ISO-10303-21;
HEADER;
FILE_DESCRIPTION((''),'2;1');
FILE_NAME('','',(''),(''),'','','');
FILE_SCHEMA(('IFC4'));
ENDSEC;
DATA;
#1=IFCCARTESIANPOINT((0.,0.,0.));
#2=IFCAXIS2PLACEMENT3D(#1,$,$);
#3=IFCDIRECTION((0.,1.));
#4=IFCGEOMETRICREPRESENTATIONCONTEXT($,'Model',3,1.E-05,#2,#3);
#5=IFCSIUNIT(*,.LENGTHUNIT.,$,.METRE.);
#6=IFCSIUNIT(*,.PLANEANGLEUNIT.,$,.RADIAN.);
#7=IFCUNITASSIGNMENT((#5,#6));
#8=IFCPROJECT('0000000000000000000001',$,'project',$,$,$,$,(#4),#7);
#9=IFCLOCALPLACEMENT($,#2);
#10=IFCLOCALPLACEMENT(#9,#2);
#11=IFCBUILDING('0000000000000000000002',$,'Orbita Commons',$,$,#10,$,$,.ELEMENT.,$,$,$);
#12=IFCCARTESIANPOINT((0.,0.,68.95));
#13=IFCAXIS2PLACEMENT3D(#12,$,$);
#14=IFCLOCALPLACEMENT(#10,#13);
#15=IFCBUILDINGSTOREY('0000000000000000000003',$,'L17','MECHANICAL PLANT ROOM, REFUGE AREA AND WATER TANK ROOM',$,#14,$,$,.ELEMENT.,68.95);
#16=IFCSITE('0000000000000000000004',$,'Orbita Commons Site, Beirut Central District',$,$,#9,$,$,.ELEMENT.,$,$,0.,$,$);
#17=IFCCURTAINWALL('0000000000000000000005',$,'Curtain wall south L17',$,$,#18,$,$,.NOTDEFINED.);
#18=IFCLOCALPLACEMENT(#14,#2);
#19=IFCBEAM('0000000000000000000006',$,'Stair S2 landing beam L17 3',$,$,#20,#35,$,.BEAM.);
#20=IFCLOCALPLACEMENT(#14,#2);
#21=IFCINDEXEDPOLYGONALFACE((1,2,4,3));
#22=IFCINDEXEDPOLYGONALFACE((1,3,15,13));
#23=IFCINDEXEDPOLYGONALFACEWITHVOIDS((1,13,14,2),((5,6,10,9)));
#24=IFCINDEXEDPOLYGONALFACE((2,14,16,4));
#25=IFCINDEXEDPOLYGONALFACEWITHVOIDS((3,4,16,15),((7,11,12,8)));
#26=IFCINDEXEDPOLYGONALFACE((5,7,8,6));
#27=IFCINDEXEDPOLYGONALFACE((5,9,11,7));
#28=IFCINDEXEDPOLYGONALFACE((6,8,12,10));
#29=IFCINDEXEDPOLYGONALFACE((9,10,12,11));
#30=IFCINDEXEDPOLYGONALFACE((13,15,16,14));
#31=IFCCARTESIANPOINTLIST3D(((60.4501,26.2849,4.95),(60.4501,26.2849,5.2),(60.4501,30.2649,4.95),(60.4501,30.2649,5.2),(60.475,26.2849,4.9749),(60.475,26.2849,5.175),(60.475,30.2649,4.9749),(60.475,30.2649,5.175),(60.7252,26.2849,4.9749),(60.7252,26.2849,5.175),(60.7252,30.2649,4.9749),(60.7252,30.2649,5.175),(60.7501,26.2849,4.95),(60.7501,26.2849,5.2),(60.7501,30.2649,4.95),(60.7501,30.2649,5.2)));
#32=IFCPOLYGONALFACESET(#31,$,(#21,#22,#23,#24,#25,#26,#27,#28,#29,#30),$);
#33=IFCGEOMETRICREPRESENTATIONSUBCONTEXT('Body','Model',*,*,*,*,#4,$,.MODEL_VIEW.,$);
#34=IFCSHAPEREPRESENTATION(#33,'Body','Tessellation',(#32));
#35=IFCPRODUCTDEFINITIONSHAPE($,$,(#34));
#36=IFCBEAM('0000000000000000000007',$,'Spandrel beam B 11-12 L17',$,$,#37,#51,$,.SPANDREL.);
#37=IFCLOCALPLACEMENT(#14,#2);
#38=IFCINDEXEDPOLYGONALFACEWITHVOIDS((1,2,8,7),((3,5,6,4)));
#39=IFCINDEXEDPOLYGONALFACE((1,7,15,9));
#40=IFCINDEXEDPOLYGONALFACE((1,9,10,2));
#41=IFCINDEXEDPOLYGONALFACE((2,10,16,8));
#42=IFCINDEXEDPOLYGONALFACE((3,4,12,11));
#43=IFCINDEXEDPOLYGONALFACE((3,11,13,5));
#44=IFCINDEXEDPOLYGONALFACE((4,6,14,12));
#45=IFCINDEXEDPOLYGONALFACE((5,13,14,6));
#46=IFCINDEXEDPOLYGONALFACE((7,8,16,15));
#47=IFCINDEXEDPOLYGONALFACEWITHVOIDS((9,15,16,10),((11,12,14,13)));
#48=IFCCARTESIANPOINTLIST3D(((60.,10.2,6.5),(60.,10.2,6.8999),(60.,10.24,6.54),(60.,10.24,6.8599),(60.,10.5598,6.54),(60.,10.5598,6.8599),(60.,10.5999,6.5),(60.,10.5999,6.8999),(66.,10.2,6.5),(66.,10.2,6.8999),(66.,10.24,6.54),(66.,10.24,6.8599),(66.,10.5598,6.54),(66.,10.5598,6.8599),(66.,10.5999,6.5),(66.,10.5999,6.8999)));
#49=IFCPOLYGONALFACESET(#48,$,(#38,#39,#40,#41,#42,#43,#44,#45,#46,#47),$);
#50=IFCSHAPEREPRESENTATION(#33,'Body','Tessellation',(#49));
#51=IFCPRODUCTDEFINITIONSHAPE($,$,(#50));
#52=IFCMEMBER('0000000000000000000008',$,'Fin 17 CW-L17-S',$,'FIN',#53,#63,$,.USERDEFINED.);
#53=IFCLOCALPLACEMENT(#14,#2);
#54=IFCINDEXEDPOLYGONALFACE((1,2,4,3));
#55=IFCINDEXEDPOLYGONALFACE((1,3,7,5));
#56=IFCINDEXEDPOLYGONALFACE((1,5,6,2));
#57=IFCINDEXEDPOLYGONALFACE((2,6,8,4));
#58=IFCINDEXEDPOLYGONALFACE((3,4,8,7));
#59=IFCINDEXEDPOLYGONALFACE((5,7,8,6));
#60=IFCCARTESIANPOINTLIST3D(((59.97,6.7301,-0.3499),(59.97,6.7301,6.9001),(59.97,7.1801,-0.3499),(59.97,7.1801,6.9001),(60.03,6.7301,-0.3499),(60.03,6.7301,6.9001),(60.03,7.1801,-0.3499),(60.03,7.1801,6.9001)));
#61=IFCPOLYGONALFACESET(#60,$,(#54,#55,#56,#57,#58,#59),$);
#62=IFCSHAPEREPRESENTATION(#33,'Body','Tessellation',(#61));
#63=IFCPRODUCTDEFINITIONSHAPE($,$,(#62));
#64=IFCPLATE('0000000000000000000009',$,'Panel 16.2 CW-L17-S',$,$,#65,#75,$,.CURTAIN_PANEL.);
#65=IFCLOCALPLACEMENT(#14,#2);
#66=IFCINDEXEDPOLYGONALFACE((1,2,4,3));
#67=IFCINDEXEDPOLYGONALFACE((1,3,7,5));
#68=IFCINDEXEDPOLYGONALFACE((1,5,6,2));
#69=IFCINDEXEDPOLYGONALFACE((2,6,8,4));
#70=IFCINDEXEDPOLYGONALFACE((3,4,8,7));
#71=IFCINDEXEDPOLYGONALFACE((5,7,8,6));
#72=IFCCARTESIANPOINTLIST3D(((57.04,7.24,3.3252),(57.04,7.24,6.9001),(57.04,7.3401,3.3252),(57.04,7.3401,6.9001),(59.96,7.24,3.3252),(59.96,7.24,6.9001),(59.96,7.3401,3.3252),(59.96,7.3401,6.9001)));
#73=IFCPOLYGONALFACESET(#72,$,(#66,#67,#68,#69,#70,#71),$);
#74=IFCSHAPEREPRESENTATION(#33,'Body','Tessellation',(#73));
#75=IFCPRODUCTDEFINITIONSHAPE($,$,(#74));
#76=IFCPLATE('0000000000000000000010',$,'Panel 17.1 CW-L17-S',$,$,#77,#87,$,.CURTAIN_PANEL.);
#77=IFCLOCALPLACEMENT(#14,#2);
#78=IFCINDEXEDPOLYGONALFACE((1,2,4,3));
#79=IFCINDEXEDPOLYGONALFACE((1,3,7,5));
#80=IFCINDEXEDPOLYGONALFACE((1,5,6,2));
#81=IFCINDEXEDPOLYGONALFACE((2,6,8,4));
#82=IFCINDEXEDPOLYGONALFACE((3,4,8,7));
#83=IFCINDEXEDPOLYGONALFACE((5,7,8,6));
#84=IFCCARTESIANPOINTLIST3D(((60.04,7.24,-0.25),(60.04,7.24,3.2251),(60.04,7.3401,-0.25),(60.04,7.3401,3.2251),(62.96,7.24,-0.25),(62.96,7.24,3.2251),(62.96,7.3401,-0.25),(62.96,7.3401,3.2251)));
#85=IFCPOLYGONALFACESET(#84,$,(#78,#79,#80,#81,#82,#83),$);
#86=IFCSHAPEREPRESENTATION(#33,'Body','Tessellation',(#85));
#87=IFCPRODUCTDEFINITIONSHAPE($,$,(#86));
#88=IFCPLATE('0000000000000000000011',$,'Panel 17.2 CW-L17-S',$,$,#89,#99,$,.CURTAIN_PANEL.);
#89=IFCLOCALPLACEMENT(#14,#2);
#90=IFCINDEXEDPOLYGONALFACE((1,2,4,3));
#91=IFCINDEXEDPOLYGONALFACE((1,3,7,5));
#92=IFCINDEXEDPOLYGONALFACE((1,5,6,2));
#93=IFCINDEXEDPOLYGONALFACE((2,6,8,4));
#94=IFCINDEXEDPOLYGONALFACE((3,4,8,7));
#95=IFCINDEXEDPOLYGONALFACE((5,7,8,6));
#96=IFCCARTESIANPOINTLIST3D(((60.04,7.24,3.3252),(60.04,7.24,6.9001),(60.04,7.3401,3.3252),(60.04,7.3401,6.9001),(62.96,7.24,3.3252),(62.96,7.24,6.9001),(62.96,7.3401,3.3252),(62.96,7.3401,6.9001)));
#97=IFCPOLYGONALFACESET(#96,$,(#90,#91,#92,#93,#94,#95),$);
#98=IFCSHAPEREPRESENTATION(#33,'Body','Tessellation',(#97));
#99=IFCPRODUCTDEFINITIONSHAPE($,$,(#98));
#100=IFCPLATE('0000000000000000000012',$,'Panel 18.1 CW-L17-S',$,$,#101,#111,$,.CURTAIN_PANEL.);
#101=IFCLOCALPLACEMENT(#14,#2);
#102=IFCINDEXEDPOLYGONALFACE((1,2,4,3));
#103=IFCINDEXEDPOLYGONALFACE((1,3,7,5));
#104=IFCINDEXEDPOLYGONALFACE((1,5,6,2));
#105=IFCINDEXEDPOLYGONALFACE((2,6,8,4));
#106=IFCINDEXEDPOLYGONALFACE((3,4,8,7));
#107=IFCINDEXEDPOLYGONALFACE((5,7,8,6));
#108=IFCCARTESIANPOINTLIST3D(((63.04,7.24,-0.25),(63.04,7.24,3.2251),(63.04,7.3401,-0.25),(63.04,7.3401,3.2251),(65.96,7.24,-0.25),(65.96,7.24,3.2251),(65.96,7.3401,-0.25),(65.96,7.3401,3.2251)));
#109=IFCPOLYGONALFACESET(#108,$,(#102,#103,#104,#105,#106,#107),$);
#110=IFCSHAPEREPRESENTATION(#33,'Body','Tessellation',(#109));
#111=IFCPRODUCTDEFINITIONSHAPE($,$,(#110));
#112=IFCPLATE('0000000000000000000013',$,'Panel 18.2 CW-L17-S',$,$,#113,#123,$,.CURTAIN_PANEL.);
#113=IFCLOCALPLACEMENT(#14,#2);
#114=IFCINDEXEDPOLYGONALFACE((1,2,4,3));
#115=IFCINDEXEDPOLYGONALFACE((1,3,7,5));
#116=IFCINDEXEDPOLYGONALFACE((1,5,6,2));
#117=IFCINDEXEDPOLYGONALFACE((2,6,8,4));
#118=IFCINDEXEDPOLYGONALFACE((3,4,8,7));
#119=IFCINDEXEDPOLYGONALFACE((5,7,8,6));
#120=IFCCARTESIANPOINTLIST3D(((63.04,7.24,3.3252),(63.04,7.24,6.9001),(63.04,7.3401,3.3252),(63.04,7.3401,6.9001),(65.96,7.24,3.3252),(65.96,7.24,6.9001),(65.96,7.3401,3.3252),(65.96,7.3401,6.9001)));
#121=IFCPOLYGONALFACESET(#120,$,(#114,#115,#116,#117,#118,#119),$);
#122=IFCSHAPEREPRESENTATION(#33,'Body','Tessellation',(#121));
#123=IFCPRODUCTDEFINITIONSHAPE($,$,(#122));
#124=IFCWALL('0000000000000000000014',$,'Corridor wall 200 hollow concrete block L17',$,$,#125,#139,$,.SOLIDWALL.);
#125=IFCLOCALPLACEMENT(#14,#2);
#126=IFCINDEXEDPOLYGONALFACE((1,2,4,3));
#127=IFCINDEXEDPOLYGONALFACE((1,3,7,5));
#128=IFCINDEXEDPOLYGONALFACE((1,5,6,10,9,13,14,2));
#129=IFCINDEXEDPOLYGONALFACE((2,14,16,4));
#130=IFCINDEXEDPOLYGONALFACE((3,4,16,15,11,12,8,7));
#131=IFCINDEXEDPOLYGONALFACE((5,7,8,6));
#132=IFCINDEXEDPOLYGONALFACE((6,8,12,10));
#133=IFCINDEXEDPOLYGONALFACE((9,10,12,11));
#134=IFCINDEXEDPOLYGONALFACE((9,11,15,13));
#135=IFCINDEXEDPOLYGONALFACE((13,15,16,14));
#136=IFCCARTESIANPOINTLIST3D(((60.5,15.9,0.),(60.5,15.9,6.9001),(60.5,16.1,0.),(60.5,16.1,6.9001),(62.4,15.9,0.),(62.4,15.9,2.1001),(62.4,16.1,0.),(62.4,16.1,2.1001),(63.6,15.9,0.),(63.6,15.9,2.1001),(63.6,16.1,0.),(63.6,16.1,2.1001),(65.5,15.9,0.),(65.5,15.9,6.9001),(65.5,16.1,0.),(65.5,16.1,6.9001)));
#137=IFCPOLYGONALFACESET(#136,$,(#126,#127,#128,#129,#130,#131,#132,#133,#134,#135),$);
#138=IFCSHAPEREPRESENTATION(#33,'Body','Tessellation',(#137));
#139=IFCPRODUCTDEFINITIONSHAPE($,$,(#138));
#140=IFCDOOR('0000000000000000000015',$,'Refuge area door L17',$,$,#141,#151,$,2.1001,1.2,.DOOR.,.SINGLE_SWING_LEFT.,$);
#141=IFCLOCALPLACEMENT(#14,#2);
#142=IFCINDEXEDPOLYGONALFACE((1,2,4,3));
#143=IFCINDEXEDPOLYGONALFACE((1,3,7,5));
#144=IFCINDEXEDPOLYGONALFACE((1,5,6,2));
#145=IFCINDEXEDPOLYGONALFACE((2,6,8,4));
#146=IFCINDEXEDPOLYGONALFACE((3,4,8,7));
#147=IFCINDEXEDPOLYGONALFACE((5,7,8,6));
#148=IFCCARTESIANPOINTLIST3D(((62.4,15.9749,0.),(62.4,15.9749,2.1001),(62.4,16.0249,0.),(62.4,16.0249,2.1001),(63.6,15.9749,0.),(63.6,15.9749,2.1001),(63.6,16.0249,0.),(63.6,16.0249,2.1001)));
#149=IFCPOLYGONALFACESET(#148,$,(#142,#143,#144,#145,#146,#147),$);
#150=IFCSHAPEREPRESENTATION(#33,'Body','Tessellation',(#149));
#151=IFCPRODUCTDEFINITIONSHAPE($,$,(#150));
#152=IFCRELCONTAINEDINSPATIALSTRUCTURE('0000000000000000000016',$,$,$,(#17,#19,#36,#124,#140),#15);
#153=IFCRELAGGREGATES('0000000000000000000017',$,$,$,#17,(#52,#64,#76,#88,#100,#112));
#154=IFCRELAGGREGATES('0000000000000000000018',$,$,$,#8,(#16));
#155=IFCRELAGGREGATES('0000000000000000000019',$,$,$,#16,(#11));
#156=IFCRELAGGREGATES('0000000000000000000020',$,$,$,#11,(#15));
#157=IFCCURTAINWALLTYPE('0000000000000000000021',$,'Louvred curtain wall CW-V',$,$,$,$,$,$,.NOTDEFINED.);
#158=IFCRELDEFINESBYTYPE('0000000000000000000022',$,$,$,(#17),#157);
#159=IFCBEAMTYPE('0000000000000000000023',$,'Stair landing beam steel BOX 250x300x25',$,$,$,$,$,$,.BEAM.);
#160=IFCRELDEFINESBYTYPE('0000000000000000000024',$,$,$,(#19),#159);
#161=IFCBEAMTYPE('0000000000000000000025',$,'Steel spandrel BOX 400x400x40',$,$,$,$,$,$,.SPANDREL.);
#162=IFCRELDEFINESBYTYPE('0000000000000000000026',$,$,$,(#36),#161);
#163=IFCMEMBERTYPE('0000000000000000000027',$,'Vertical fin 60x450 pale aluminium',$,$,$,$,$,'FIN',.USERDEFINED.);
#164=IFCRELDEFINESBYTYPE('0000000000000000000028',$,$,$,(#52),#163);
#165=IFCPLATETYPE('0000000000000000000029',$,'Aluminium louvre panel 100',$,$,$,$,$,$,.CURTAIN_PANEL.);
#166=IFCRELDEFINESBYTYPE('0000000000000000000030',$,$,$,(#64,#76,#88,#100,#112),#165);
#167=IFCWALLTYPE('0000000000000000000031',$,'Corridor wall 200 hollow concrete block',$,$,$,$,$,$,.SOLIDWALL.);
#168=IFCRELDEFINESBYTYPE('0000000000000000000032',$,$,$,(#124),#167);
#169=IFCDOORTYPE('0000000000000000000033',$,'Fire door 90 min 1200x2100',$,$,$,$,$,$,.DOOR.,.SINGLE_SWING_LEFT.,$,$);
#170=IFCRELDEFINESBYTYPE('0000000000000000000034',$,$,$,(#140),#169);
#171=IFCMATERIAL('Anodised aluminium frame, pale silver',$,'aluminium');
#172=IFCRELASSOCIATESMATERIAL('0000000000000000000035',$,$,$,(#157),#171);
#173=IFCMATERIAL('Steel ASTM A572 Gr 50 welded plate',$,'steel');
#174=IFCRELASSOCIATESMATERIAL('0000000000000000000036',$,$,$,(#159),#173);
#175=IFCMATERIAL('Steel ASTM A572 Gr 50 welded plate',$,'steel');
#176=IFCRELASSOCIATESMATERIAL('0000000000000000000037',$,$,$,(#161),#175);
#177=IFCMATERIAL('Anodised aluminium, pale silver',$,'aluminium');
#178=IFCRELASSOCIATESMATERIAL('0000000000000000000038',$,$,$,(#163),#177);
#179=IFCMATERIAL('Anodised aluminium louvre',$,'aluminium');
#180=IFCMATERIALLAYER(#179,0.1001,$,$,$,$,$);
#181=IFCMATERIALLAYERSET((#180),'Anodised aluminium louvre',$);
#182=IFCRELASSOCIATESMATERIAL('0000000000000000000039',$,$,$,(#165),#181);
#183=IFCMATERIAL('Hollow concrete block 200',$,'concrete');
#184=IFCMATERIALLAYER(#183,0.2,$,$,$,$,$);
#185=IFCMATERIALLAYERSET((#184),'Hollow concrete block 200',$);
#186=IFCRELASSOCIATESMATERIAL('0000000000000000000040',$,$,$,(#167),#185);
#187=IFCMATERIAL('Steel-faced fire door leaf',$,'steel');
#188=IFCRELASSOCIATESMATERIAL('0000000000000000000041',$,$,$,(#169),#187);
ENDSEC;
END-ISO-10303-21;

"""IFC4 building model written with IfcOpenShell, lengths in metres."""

from ifc_helpers import new_model, si_unit, direction, frame, frame_2d, origin, origin_2d, place, context, subcontext, project, spatial, rectangle, hollow_rectangle, extrude, material, layer, layer_set, material_profile, profile_set, type_object, element, fill, aggregate, save


model = new_model("IFC4")

# Units and contexts
model_context = context("Model", 3, precision=1e-05, world=origin(), true_north=direction((0.0, 1.0)))
body_context = subcontext(model_context, "Body", "Model", "MODEL_VIEW")
ifc_project = project(units=[si_unit("LENGTHUNIT", "METRE"), si_unit("PLANEANGLEUNIT", "RADIAN")], contexts=[model_context])

# Site, building, storey
site_placement = place(None, origin())
site = spatial("IfcSite", under=ifc_project, at=site_placement, Name="Orbita Commons Site, Beirut Central District", CompositionType="ELEMENT", RefElevation=0.0)
building_placement = place(site_placement, origin())
building = spatial("IfcBuilding", under=site, at=building_placement, Name="Orbita Commons", CompositionType="ELEMENT")
storey_placement = place(building_placement, frame((0.0, 0.0, 68.95)))
storey = spatial("IfcBuildingStorey", under=building, at=storey_placement, Name="L17", Description="MECHANICAL PLANT ROOM, REFUGE AREA AND WATER TANK ROOM", CompositionType="ELEMENT", Elevation=68.95)

# Curtain wall
ifc_material_1 = material(Name="Anodised aluminium frame, pale silver", Category="aluminium")
curtain_wall_type = type_object("IfcCurtainWallType", Name="Louvred curtain wall CW-V", PredefinedType="NOTDEFINED", material=ifc_material_1)
curtain_wall_placement = place(storey_placement, origin())
curtain_wall = element("IfcCurtainWall", 1, at=curtain_wall_placement, inside=storey, type_object=curtain_wall_type, Name="Curtain wall south L17", PredefinedType="NOTDEFINED")

# Beams
ifc_material_2 = material(Name="Steel ASTM A572 Gr 50 welded plate", Category="steel")
ifc_material_profile_1 = material_profile(ifc_material_2, hollow_rectangle(XDim=0.3, YDim=0.25, WallThickness=0.0249, at=origin_2d()), Name="BOX 250x300x25")
ifc_profile_set_1 = profile_set([ifc_material_profile_1], Name="Steel ASTM A572 Gr 50 welded plate")
beam_type_1 = type_object("IfcBeamType", Name="Stair landing beam steel BOX 250x300x25", PredefinedType="BEAM", material=ifc_profile_set_1)
for number, where, z_axis, x_axis, name in (
    (2, (60.6001, 26.2849, 5.075), (0.0, 1.0, 0.0), (-1.0, 0.0, 0.0), "Stair S2 landing beam L17 3"),
):
    element("IfcBeam", number, at=place(storey_placement, frame(where, z_axis=z_axis, x_axis=x_axis)), inside=storey, type_object=beam_type_1, Name=name, PredefinedType="BEAM", context=body_context, shape_type="SweptSolid", body=[
        extrude(hollow_rectangle(XDim=0.3, YDim=0.25, WallThickness=0.0249, at=origin_2d()), origin(), (0.0, 0.0, 1.0), 3.98),
    ])
ifc_material_3 = material(Name="Steel ASTM A572 Gr 50 welded plate", Category="steel")
ifc_material_profile_2 = material_profile(ifc_material_3, hollow_rectangle(XDim=0.3999, YDim=0.3999, WallThickness=0.04, at=origin_2d()), Name="BOX 400x400x40")
ifc_profile_set_2 = profile_set([ifc_material_profile_2], Name="Steel ASTM A572 Gr 50 welded plate")
beam_type_2 = type_object("IfcBeamType", Name="Steel spandrel BOX 400x400x40", PredefinedType="SPANDREL", material=ifc_profile_set_2)
beam_placement = place(storey_placement, frame((60.0, 10.3999, 6.7), z_axis=(1.0, 0.0, 0.0), x_axis=(0.0, 1.0, 0.0)))
element("IfcBeam", 3, at=beam_placement, inside=storey, type_object=beam_type_2, Name="Spandrel beam B 11-12 L17", PredefinedType="SPANDREL", context=body_context, shape_type="SweptSolid", body=[
    extrude(hollow_rectangle(XDim=0.3999, YDim=0.3999, WallThickness=0.04, at=origin_2d()), origin(), (0.0, 0.0, 1.0), 6.0),
])

# Member
ifc_material_4 = material(Name="Anodised aluminium, pale silver", Category="aluminium")
ifc_material_profile_3 = material_profile(ifc_material_4, rectangle(XDim=0.0601, YDim=0.45, at=origin_2d()), Name="FIN 60x450")
ifc_profile_set_3 = profile_set([ifc_material_profile_3], Name="Anodised aluminium, pale silver")
member_type_1 = type_object("IfcMemberType", Name="Vertical fin 60x450 pale aluminium", ElementType="FIN", PredefinedType="USERDEFINED", material=ifc_profile_set_3)
member_1_placement = place(storey_placement, frame((60.0, 6.9551, -0.3499), z_axis=(0.0, 0.0, 1.0), x_axis=(1.0, 0.0, 0.0)))
member_1 = element("IfcMember", 4, at=member_1_placement, type_object=member_type_1, Name="Fin 17 CW-L17-S", ObjectType="FIN", PredefinedType="USERDEFINED", context=body_context, shape_type="SweptSolid", body=[
    extrude(rectangle(XDim=0.0601, YDim=0.45, at=origin_2d()), origin(), (0.0, 0.0, 1.0), 7.25),
])

# Plates
ifc_material_5 = material(Name="Anodised aluminium louvre", Category="aluminium")
ifc_layer_1 = layer(ifc_material_5, 0.1001)
ifc_layer_set_1 = layer_set([ifc_layer_1], Name="Anodised aluminium louvre")
plate_type = type_object("IfcPlateType", Name="Aluminium louvre panel 100", PredefinedType="CURTAIN_PANEL", material=ifc_layer_set_1)
plate_1_placement = place(storey_placement, frame((58.5, 7.29, 3.3252), z_axis=(0.0, 0.0, 1.0), x_axis=(1.0, 0.0, 0.0)))
plate_1 = element("IfcPlate", 5, at=plate_1_placement, type_object=plate_type, Name="Panel 16.2 CW-L17-S", PredefinedType="CURTAIN_PANEL", context=body_context, shape_type="SweptSolid", body=[
    extrude(rectangle(XDim=2.9199, YDim=0.1001, at=origin_2d()), origin(), (0.0, 0.0, 1.0), 3.575),
])
plate_2_placement = place(storey_placement, frame((61.5, 7.29, -0.25), z_axis=(0.0, 0.0, 1.0), x_axis=(1.0, 0.0, 0.0)))
plate_2 = element("IfcPlate", 6, at=plate_2_placement, type_object=plate_type, Name="Panel 17.1 CW-L17-S", PredefinedType="CURTAIN_PANEL", context=body_context, shape_type="SweptSolid", body=[
    extrude(rectangle(XDim=2.9199, YDim=0.1001, at=origin_2d()), origin(), (0.0, 0.0, 1.0), 3.4751),
])
plate_3_placement = place(storey_placement, frame((61.5, 7.29, 3.3252), z_axis=(0.0, 0.0, 1.0), x_axis=(1.0, 0.0, 0.0)))
plate_3 = element("IfcPlate", 7, at=plate_3_placement, type_object=plate_type, Name="Panel 17.2 CW-L17-S", PredefinedType="CURTAIN_PANEL", context=body_context, shape_type="SweptSolid", body=[
    extrude(rectangle(XDim=2.9199, YDim=0.1001, at=origin_2d()), origin(), (0.0, 0.0, 1.0), 3.575),
])
plate_4_placement = place(storey_placement, frame((64.5, 7.29, -0.25), z_axis=(0.0, 0.0, 1.0), x_axis=(1.0, 0.0, 0.0)))
plate_4 = element("IfcPlate", 8, at=plate_4_placement, type_object=plate_type, Name="Panel 18.1 CW-L17-S", PredefinedType="CURTAIN_PANEL", context=body_context, shape_type="SweptSolid", body=[
    extrude(rectangle(XDim=2.9199, YDim=0.1001, at=origin_2d()), origin(), (0.0, 0.0, 1.0), 3.4751),
])
plate_5_placement = place(storey_placement, frame((64.5, 7.29, 3.3252), z_axis=(0.0, 0.0, 1.0), x_axis=(1.0, 0.0, 0.0)))
plate_5 = element("IfcPlate", 9, at=plate_5_placement, type_object=plate_type, Name="Panel 18.2 CW-L17-S", PredefinedType="CURTAIN_PANEL", context=body_context, shape_type="SweptSolid", body=[
    extrude(rectangle(XDim=2.9199, YDim=0.1001, at=origin_2d()), origin(), (0.0, 0.0, 1.0), 3.575),
])
aggregate(curtain_wall, [member_1, plate_1, plate_2, plate_3, plate_4, plate_5])

# Wall, opening, door
ifc_material_6 = material(Name="Hollow concrete block 200", Category="concrete")
ifc_layer_2 = layer(ifc_material_6, 0.2)
ifc_layer_set_2 = layer_set([ifc_layer_2], Name="Hollow concrete block 200")
wall_type_1 = type_object("IfcWallType", Name="Corridor wall 200 hollow concrete block", PredefinedType="SOLIDWALL", material=ifc_layer_set_2)
wall_1_placement = place(storey_placement, frame((60.5, 16.0, 0.0), z_axis=(0.0, 0.0, 1.0), x_axis=(1.0, 0.0, 0.0)))
wall_1 = element("IfcWall", 10, at=wall_1_placement, inside=storey, type_object=wall_type_1, Name="Corridor wall 200 hollow concrete block L17", PredefinedType="SOLIDWALL", context=body_context, shape_type="SweptSolid", body=[
    extrude(rectangle(XDim=5.0, YDim=0.2, at=frame_2d((2.5, 0.0))), origin(), (0.0, 0.0, 1.0), 6.9001),
])
opening_1_placement = place(wall_1_placement, frame((1.8999, 0.0, 0.0)))
opening_1 = element("IfcOpeningElement", 11, at=opening_1_placement, cuts=wall_1, PredefinedType="OPENING", context=body_context, shape_type="SweptSolid", body=[
    extrude(rectangle(XDim=1.2, YDim=2.1001, at=frame_2d((0.6001, 1.05))), frame((0.0, 0.1099, 0.0), z_axis=(0.0, -1.0, 0.0), x_axis=(1.0, 0.0, 0.0)), (0.0, 0.0, 1.0), 0.22),
])
ifc_material_7 = material(Name="Steel-faced fire door leaf", Category="steel")
door_type = type_object("IfcDoorType", Name="Fire door 90 min 1200x2100", OperationType="SINGLE_SWING_LEFT", PredefinedType="DOOR", material=ifc_material_7)
door_1_placement = place(opening_1_placement, origin())
door_1 = element("IfcDoor", 12, at=door_1_placement, inside=storey, type_object=door_type, Name="Refuge area door L17", OperationType="SINGLE_SWING_LEFT", OverallHeight=2.1001, OverallWidth=1.2, PredefinedType="DOOR", context=body_context, shape_type="SweptSolid", body=[
    extrude(rectangle(XDim=1.2, YDim=2.1001, at=frame_2d((0.6001, 1.05))), frame((0.0, 0.0249, 0.0), z_axis=(0.0, -1.0, 0.0), x_axis=(1.0, 0.0, 0.0)), (0.0, 0.0, 1.0), 0.05),
])
fill(opening_1, door_1)

save(model, "model.ifc")
